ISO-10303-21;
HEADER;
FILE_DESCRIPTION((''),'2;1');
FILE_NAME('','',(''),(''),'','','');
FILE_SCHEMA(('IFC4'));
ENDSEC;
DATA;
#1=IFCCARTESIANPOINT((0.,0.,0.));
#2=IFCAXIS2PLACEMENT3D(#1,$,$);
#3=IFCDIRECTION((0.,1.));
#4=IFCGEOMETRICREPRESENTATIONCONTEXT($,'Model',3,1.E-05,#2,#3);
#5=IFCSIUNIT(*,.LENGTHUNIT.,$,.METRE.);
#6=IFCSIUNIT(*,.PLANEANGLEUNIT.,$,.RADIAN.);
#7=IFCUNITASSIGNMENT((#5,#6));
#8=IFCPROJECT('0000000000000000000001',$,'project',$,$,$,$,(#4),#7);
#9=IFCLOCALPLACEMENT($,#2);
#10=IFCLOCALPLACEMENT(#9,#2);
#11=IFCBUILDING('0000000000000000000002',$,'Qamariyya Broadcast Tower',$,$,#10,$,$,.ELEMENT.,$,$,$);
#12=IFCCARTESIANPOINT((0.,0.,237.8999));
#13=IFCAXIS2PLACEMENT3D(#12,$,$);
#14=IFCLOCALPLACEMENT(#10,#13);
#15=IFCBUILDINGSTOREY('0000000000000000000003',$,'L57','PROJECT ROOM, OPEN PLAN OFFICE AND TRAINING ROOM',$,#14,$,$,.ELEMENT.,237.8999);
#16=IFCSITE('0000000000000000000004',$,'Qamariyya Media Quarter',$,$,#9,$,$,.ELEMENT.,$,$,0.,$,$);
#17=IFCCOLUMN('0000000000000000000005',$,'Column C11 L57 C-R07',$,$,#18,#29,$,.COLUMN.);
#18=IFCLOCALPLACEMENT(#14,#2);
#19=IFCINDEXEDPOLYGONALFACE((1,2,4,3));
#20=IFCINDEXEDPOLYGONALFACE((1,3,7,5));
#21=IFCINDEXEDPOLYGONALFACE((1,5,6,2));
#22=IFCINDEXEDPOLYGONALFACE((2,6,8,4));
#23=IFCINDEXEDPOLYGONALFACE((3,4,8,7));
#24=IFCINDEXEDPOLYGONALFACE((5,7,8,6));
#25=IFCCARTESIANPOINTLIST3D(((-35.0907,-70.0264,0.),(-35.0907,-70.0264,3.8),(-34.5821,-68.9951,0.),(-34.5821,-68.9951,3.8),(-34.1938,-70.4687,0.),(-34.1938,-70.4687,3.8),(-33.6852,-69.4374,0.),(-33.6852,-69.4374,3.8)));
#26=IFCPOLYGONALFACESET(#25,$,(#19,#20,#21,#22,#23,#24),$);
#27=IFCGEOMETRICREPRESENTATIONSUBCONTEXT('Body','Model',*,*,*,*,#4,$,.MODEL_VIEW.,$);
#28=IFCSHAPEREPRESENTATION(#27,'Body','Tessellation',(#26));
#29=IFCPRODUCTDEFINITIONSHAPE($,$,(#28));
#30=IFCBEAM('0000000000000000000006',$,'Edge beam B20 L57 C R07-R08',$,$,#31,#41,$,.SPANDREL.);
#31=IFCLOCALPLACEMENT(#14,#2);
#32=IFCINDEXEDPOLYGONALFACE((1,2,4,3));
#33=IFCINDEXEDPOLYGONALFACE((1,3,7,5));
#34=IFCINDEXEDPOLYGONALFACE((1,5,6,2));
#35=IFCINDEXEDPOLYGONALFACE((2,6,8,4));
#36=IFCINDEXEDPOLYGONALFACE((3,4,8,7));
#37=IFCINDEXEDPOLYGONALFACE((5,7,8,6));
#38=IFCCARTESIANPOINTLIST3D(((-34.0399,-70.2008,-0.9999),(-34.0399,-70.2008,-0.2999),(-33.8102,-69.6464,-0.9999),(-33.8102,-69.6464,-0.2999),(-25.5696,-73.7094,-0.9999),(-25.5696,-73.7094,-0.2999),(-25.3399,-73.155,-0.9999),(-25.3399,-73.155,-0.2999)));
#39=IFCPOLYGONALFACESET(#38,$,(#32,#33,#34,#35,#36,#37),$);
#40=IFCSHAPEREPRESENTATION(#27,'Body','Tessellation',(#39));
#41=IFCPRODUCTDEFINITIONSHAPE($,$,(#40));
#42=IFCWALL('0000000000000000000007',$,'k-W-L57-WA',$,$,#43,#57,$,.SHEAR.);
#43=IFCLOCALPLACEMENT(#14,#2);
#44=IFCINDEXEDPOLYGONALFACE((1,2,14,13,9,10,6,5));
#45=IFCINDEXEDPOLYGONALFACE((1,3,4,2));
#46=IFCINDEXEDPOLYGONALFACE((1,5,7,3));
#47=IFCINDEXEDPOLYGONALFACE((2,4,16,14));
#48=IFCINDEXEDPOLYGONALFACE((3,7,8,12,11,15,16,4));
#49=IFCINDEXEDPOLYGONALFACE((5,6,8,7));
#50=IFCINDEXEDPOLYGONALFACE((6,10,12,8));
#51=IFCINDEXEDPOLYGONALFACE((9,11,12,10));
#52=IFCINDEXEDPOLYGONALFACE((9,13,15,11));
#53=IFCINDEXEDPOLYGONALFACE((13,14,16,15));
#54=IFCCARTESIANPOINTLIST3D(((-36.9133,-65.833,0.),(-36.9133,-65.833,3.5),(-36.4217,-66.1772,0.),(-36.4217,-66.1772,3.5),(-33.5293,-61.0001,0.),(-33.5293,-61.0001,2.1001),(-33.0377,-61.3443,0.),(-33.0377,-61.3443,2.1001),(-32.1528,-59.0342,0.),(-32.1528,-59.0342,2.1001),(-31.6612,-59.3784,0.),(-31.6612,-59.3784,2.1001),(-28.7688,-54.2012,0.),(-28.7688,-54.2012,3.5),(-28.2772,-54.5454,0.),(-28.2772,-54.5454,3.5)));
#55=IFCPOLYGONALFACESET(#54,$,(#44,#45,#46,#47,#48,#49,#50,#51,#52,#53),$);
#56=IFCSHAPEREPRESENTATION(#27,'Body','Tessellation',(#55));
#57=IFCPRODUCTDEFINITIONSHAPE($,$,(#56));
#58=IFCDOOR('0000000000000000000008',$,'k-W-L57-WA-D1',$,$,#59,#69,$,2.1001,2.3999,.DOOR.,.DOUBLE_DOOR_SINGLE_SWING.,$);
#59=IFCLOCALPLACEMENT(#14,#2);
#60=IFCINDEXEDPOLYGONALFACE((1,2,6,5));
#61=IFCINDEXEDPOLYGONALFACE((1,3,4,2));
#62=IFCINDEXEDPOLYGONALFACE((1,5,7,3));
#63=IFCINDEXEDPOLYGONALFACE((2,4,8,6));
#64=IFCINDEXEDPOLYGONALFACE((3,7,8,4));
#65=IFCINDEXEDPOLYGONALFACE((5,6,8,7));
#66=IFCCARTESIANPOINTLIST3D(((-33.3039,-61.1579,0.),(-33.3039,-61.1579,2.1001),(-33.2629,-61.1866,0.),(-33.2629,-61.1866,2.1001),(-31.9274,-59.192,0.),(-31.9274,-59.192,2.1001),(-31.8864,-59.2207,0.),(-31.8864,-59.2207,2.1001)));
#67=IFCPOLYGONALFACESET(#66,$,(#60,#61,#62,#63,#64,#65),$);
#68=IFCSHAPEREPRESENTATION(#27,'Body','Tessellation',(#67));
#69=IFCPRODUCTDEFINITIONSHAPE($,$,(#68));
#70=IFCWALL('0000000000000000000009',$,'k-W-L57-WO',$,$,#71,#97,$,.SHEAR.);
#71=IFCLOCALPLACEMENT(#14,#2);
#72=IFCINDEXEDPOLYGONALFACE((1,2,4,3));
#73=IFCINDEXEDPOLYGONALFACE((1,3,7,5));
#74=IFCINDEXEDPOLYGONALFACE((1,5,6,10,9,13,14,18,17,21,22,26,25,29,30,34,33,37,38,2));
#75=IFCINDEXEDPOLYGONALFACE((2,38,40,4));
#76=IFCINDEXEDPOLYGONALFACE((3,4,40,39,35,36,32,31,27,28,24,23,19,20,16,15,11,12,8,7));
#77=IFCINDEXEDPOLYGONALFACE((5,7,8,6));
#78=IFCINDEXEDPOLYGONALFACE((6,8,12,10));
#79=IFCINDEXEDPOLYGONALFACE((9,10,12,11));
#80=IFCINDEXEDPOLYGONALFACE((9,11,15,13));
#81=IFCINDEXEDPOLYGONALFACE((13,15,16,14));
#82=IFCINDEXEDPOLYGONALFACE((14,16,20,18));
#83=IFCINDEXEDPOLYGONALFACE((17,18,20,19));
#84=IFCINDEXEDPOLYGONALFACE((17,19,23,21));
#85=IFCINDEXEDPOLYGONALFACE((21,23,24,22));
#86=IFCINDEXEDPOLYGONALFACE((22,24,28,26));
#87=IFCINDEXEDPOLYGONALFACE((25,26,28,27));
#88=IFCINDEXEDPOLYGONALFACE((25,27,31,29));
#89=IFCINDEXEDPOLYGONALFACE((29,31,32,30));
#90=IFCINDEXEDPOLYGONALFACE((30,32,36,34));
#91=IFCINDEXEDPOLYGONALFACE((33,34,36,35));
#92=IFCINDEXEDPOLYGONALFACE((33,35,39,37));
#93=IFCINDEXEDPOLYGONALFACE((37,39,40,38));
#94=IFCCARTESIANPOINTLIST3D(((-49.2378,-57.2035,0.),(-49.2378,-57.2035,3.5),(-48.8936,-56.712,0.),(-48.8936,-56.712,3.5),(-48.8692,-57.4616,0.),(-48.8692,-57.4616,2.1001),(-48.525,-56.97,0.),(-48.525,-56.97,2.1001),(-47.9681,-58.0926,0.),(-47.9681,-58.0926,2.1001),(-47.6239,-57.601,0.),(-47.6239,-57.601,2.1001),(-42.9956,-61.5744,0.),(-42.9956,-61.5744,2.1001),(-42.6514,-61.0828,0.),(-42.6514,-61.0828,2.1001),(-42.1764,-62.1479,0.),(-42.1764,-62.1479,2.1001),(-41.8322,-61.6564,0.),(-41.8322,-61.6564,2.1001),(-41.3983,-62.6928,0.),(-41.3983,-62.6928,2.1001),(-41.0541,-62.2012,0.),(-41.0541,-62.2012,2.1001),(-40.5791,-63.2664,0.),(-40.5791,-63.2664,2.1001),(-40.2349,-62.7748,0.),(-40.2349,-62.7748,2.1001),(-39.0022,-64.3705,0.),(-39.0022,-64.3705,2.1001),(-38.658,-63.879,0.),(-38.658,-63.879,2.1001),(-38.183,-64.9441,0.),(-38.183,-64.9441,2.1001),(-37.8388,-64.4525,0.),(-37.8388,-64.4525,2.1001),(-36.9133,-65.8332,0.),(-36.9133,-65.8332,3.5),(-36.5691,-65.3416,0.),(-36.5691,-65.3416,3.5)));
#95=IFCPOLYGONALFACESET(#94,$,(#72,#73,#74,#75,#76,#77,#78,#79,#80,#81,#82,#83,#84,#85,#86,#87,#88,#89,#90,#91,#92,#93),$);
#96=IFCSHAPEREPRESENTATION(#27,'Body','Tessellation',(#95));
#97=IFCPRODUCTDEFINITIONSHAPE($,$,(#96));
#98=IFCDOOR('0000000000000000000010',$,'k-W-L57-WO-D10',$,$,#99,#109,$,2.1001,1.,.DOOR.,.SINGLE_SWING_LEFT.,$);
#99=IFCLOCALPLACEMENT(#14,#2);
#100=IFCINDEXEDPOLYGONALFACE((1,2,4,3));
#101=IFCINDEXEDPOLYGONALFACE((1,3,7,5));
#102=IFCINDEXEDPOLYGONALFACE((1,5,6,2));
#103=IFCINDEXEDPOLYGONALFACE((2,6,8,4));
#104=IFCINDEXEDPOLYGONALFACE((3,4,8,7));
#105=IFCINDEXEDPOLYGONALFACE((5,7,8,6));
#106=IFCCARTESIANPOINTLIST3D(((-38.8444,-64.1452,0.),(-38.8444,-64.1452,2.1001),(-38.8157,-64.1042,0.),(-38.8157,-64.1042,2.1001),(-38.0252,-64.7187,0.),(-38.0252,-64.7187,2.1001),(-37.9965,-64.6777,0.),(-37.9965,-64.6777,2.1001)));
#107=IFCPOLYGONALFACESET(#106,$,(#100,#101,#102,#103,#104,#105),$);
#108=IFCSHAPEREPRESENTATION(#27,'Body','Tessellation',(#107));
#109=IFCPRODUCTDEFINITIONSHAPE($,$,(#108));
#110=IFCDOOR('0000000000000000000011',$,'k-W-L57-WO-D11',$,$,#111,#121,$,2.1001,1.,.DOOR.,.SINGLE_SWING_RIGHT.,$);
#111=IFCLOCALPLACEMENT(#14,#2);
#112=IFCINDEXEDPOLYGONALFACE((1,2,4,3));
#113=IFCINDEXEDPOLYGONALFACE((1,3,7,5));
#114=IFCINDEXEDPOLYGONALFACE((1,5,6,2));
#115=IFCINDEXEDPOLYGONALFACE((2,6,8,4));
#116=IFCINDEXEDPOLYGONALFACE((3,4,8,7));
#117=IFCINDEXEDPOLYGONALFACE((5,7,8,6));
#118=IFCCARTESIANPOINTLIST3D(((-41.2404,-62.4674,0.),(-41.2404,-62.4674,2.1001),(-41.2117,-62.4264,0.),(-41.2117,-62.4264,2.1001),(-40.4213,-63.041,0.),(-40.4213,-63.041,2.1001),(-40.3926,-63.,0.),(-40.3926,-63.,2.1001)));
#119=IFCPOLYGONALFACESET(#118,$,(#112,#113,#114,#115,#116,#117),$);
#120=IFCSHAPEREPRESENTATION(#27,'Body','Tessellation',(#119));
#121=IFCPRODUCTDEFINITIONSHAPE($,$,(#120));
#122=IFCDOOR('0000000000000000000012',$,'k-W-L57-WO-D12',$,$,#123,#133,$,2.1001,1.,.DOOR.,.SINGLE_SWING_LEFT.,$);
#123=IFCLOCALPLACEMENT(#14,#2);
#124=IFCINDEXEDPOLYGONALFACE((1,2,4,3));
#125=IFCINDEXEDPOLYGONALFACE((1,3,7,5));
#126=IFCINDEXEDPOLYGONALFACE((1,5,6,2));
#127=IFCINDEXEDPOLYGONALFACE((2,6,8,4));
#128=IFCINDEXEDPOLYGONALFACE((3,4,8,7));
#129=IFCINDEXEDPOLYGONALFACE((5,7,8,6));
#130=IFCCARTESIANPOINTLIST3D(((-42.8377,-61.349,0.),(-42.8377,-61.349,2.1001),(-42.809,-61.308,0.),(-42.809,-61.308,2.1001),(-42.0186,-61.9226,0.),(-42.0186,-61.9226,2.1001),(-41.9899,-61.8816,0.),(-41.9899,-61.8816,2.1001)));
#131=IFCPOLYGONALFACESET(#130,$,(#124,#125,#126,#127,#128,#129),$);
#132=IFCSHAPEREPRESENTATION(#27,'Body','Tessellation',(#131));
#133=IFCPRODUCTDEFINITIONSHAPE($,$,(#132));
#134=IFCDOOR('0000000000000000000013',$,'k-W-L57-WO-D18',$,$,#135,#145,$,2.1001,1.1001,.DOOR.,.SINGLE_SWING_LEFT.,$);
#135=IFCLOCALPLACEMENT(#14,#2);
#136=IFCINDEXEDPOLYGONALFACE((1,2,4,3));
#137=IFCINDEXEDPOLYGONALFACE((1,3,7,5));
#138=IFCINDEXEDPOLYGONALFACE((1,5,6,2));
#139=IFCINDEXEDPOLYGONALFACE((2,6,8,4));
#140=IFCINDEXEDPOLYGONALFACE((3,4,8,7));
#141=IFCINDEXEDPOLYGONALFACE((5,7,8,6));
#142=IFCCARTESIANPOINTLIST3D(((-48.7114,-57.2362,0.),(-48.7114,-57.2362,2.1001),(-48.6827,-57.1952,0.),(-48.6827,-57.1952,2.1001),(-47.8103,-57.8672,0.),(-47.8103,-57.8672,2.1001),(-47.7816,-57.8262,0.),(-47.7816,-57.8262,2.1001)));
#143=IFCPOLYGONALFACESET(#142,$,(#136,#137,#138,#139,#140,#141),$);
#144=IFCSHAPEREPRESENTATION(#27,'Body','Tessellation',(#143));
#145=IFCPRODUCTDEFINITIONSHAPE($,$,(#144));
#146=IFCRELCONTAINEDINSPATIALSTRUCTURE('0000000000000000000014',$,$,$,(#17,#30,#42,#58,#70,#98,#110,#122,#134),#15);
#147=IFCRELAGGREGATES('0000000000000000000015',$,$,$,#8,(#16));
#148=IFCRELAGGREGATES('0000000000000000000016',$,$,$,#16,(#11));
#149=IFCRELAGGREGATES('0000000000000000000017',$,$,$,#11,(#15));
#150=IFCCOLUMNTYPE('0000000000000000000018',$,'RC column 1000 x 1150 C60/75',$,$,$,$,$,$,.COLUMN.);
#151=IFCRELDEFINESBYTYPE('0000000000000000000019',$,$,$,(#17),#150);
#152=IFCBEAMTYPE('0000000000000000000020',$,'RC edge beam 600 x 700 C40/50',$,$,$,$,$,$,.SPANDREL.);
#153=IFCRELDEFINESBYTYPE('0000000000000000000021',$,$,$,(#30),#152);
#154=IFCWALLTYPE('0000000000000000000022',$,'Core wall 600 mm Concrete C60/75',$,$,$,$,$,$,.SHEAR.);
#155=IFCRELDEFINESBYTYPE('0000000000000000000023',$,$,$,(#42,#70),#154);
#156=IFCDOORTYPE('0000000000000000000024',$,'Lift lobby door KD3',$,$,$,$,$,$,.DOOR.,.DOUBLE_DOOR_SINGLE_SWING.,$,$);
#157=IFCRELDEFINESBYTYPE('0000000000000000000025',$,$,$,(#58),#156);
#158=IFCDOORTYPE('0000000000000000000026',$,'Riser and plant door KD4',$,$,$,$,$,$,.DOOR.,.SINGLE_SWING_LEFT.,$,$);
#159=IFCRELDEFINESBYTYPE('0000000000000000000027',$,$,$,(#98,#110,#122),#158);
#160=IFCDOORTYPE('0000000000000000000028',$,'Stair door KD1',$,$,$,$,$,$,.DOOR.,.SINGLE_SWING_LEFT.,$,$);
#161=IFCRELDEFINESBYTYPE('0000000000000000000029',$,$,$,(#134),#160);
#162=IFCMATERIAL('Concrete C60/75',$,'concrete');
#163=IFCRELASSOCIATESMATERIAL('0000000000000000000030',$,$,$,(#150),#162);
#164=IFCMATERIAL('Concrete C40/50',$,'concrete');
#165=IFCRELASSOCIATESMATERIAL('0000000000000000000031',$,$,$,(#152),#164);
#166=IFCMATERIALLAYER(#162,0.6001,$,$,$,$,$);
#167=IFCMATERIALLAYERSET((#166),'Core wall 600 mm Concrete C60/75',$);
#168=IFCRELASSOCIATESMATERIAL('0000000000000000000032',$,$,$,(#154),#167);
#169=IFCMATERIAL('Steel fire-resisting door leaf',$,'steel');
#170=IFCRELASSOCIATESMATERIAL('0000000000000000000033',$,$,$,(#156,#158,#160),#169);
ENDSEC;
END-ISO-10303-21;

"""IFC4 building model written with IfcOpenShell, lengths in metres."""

from ifc_helpers import new_model, si_unit, direction, frame, frame_2d, origin, origin_2d, place, context, subcontext, project, spatial, rectangle, extrude, material, layer, layer_set, material_profile, profile_set, type_object, element, fill, save


model = new_model("IFC4")

# Units and contexts
model_context = context("Model", 3, precision=1e-05, world=origin(), true_north=direction((0.0, 1.0)))
body_context = subcontext(model_context, "Body", "Model", "MODEL_VIEW")
ifc_project = project(units=[si_unit("LENGTHUNIT", "METRE"), si_unit("PLANEANGLEUNIT", "RADIAN")], contexts=[model_context])

# Site, building, storey
site_placement = place(None, origin())
site = spatial("IfcSite", under=ifc_project, at=site_placement, Name="Qamariyya Media Quarter", CompositionType="ELEMENT", RefElevation=0.0)
building_placement = place(site_placement, origin())
building = spatial("IfcBuilding", under=site, at=building_placement, Name="Qamariyya Broadcast Tower", CompositionType="ELEMENT")
storey_placement = place(building_placement, frame((0.0, 0.0, 237.8999)))
storey = spatial("IfcBuildingStorey", under=building, at=storey_placement, Name="L57", Description="PROJECT ROOM, OPEN PLAN OFFICE AND TRAINING ROOM", CompositionType="ELEMENT", Elevation=237.8999)

# Column
ifc_material_1 = material(Name="Concrete C60/75", Category="concrete")
ifc_material_profile_1 = material_profile(ifc_material_1, rectangle(XDim=1.0, YDim=1.1499, at=origin_2d()))
ifc_profile_set_1 = profile_set([ifc_material_profile_1], Name="Concrete C60/75")
column_type = type_object("IfcColumnType", Name="RC column 1000 x 1150 C60/75", PredefinedType="COLUMN", material=ifc_profile_set_1)
column_placement = place(storey_placement, frame((-34.3879, -69.7319, 0.0), z_axis=(0.0, 0.0, 1.0), x_axis=(0.896873, -0.442289, 0.0)))
element("IfcColumn", 1, at=column_placement, inside=storey, type_object=column_type, Name="Column C11 L57 C-R07", PredefinedType="COLUMN", context=body_context, shape_type="SweptSolid", body=[
    extrude(rectangle(XDim=1.0, YDim=1.1499, at=origin_2d()), origin(), (0.0, 0.0, 1.0), 3.8),
])

# Beam
ifc_material_2 = material(Name="Concrete C40/50", Category="concrete")
ifc_material_profile_2 = material_profile(ifc_material_2, rectangle(XDim=0.6001, YDim=0.7, at=origin_2d()))
ifc_profile_set_2 = profile_set([ifc_material_profile_2], Name="Concrete C40/50")
beam_type = type_object("IfcBeamType", Name="RC edge beam 600 x 700 C40/50", PredefinedType="SPANDREL", material=ifc_profile_set_2)
beam_placement = place(storey_placement, frame((-33.925, -69.9236, -0.6499), z_axis=(0.923877, -0.38269, 0.0), x_axis=(0.38269, 0.923877, 0.0)))
element("IfcBeam", 2, at=beam_placement, inside=storey, type_object=beam_type, Name="Edge beam B20 L57 C R07-R08", PredefinedType="SPANDREL", context=body_context, shape_type="SweptSolid", body=[
    extrude(rectangle(XDim=0.6001, YDim=0.7, at=origin_2d()), origin(), (0.0, 0.0, 1.0), 9.1682),
])

# Wall, opening, door
ifc_layer_1 = layer(ifc_material_1, 0.6001)
ifc_layer_set_1 = layer_set([ifc_layer_1], Name="Core wall 600 mm Concrete C60/75")
wall_type_1 = type_object("IfcWallType", Name="Core wall 600 mm Concrete C60/75", PredefinedType="SHEAR", material=ifc_layer_set_1)
wall_1_placement = place(storey_placement, frame((-36.6675, -66.0051, 0.0), z_axis=(0.0, 0.0, 1.0), x_axis=(0.573568, 0.819158, 0.0)))
wall_1 = element("IfcWall", 3, at=wall_1_placement, inside=storey, type_object=wall_type_1, Name="k-W-L57-WA", PredefinedType="SHEAR", context=body_context, shape_type="SweptSolid", body=[
    extrude(rectangle(XDim=14.1997, YDim=0.6001, at=frame_2d((7.0999, 0.0))), origin(), (0.0, 0.0, 1.0), 3.5),
])
opening_1_placement = place(wall_1_placement, frame((5.8999, 0.0, 0.0)))
opening_1 = element("IfcOpeningElement", 4, at=opening_1_placement, cuts=wall_1, PredefinedType="OPENING", context=body_context, shape_type="SweptSolid", body=[
    extrude(rectangle(XDim=2.3999, YDim=2.1001, at=frame_2d((1.2, 1.05))), frame((0.0, 0.3101, 0.0), z_axis=(0.0, -1.0, 0.0), x_axis=(1.0, 0.0, 0.0)), (0.0, 0.0, 1.0), 0.6201),
])
ifc_material_3 = material(Name="Steel fire-resisting door leaf", Category="steel")
door_type_1 = type_object("IfcDoorType", Name="Lift lobby door KD3", OperationType="DOUBLE_DOOR_SINGLE_SWING", PredefinedType="DOOR", material=ifc_material_3)
door_1_placement = place(opening_1_placement, origin())
door_1 = element("IfcDoor", 5, at=door_1_placement, inside=storey, type_object=door_type_1, Name="k-W-L57-WA-D1", OperationType="DOUBLE_DOOR_SINGLE_SWING", OverallHeight=2.1001, OverallWidth=2.3999, PredefinedType="DOOR", context=body_context, shape_type="SweptSolid", body=[
    extrude(rectangle(XDim=2.3999, YDim=2.1001, at=frame_2d((1.2, 1.05))), frame((0.0, 0.0249, 0.0), z_axis=(0.0, -1.0, 0.0), x_axis=(1.0, 0.0, 0.0)), (0.0, 0.0, 1.0), 0.05),
])
fill(opening_1, door_1)

# Wall, openings, doors
wall_2_placement = place(storey_placement, frame((-36.7412, -65.5874, 0.0), z_axis=(0.0, 0.0, 1.0), x_axis=(-0.819153, 0.573575, 0.0)))
wall_2 = element("IfcWall", 6, at=wall_2_placement, inside=storey, type_object=wall_type_1, Name="k-W-L57-WO", PredefinedType="SHEAR", context=body_context, shape_type="SweptSolid", body=[
    extrude(rectangle(XDim=15.0454, YDim=0.6001, at=frame_2d((7.5227, 0.0))), origin(), (0.0, 0.0, 1.0), 3.5),
])
opening_2_placement = place(wall_2_placement, frame((1.55, 0.0, 0.0)))
opening_2 = element("IfcOpeningElement", 7, at=opening_2_placement, cuts=wall_2, PredefinedType="OPENING", context=body_context, shape_type="SweptSolid", body=[
    extrude(rectangle(XDim=1.0, YDim=2.1001, at=frame_2d((0.5, 1.05))), frame((0.0, 0.3101, 0.0), z_axis=(0.0, -1.0, 0.0), x_axis=(1.0, 0.0, 0.0)), (0.0, 0.0, 1.0), 0.6201),
])
opening_3_placement = place(wall_2_placement, frame((4.4751, 0.0, 0.0)))
opening_3 = element("IfcOpeningElement", 8, at=opening_3_placement, cuts=wall_2, PredefinedType="OPENING", context=body_context, shape_type="SweptSolid", body=[
    extrude(rectangle(XDim=1.0, YDim=2.1001, at=frame_2d((0.5, 1.05))), frame((0.0, 0.3101, 0.0), z_axis=(0.0, -1.0, 0.0), x_axis=(1.0, 0.0, 0.0)), (0.0, 0.0, 1.0), 0.6201),
])
opening_4_placement = place(wall_2_placement, frame((6.425, 0.0, 0.0)))
opening_4 = element("IfcOpeningElement", 9, at=opening_4_placement, cuts=wall_2, PredefinedType="OPENING", context=body_context, shape_type="SweptSolid", body=[
    extrude(rectangle(XDim=1.0, YDim=2.1001, at=frame_2d((0.5, 1.05))), frame((0.0, 0.3101, 0.0), z_axis=(0.0, -1.0, 0.0), x_axis=(1.0, 0.0, 0.0)), (0.0, 0.0, 1.0), 0.6201),
])
opening_5_placement = place(wall_2_placement, frame((13.4954, 0.0, 0.0)))
opening_5 = element("IfcOpeningElement", 10, at=opening_5_placement, cuts=wall_2, PredefinedType="OPENING", context=body_context, shape_type="SweptSolid", body=[
    extrude(rectangle(XDim=1.1001, YDim=2.1001, at=frame_2d((0.55, 1.05))), frame((0.0, 0.3101, 0.0), z_axis=(0.0, -1.0, 0.0), x_axis=(1.0, 0.0, 0.0)), (0.0, 0.0, 1.0), 0.6201),
])
door_type_2 = type_object("IfcDoorType", Name="Riser and plant door KD4", OperationType="SINGLE_SWING_LEFT", PredefinedType="DOOR", material=ifc_material_3)
door_2_placement = place(opening_2_placement, origin())
door_2 = element("IfcDoor", 11, at=door_2_placement, inside=storey, type_object=door_type_2, Name="k-W-L57-WO-D10", OperationType="SINGLE_SWING_LEFT", OverallHeight=2.1001, OverallWidth=1.0, PredefinedType="DOOR", context=body_context, shape_type="SweptSolid", body=[
    extrude(rectangle(XDim=1.0, YDim=2.1001, at=frame_2d((0.5, 1.05))), frame((0.0, 0.0249, 0.0), z_axis=(0.0, -1.0, 0.0), x_axis=(1.0, 0.0, 0.0)), (0.0, 0.0, 1.0), 0.05),
])
fill(opening_2, door_2)
door_3_placement = place(opening_3_placement, origin())
door_3 = element("IfcDoor", 12, at=door_3_placement, inside=storey, type_object=door_type_2, Name="k-W-L57-WO-D11", OperationType="SINGLE_SWING_RIGHT", OverallHeight=2.1001, OverallWidth=1.0, PredefinedType="DOOR", context=body_context, shape_type="SweptSolid", body=[
    extrude(rectangle(XDim=1.0, YDim=2.1001, at=frame_2d((0.5, 1.05))), frame((0.0, 0.0249, 0.0), z_axis=(0.0, -1.0, 0.0), x_axis=(1.0, 0.0, 0.0)), (0.0, 0.0, 1.0), 0.05),
])
fill(opening_3, door_3)
door_4_placement = place(opening_4_placement, origin())
door_4 = element("IfcDoor", 13, at=door_4_placement, inside=storey, type_object=door_type_2, Name="k-W-L57-WO-D12", OperationType="SINGLE_SWING_LEFT", OverallHeight=2.1001, OverallWidth=1.0, PredefinedType="DOOR", context=body_context, shape_type="SweptSolid", body=[
    extrude(rectangle(XDim=1.0, YDim=2.1001, at=frame_2d((0.5, 1.05))), frame((0.0, 0.0249, 0.0), z_axis=(0.0, -1.0, 0.0), x_axis=(1.0, 0.0, 0.0)), (0.0, 0.0, 1.0), 0.05),
])
fill(opening_4, door_4)
door_type_3 = type_object("IfcDoorType", Name="Stair door KD1", OperationType="SINGLE_SWING_LEFT", PredefinedType="DOOR", material=ifc_material_3)
door_5_placement = place(opening_5_placement, origin())
door_5 = element("IfcDoor", 14, at=door_5_placement, inside=storey, type_object=door_type_3, Name="k-W-L57-WO-D18", OperationType="SINGLE_SWING_LEFT", OverallHeight=2.1001, OverallWidth=1.1001, PredefinedType="DOOR", context=body_context, shape_type="SweptSolid", body=[
    extrude(rectangle(XDim=1.1001, YDim=2.1001, at=frame_2d((0.55, 1.05))), frame((0.0, 0.0249, 0.0), z_axis=(0.0, -1.0, 0.0), x_axis=(1.0, 0.0, 0.0)), (0.0, 0.0, 1.0), 0.05),
])
fill(opening_5, door_5)

save(model, "model.ifc")
